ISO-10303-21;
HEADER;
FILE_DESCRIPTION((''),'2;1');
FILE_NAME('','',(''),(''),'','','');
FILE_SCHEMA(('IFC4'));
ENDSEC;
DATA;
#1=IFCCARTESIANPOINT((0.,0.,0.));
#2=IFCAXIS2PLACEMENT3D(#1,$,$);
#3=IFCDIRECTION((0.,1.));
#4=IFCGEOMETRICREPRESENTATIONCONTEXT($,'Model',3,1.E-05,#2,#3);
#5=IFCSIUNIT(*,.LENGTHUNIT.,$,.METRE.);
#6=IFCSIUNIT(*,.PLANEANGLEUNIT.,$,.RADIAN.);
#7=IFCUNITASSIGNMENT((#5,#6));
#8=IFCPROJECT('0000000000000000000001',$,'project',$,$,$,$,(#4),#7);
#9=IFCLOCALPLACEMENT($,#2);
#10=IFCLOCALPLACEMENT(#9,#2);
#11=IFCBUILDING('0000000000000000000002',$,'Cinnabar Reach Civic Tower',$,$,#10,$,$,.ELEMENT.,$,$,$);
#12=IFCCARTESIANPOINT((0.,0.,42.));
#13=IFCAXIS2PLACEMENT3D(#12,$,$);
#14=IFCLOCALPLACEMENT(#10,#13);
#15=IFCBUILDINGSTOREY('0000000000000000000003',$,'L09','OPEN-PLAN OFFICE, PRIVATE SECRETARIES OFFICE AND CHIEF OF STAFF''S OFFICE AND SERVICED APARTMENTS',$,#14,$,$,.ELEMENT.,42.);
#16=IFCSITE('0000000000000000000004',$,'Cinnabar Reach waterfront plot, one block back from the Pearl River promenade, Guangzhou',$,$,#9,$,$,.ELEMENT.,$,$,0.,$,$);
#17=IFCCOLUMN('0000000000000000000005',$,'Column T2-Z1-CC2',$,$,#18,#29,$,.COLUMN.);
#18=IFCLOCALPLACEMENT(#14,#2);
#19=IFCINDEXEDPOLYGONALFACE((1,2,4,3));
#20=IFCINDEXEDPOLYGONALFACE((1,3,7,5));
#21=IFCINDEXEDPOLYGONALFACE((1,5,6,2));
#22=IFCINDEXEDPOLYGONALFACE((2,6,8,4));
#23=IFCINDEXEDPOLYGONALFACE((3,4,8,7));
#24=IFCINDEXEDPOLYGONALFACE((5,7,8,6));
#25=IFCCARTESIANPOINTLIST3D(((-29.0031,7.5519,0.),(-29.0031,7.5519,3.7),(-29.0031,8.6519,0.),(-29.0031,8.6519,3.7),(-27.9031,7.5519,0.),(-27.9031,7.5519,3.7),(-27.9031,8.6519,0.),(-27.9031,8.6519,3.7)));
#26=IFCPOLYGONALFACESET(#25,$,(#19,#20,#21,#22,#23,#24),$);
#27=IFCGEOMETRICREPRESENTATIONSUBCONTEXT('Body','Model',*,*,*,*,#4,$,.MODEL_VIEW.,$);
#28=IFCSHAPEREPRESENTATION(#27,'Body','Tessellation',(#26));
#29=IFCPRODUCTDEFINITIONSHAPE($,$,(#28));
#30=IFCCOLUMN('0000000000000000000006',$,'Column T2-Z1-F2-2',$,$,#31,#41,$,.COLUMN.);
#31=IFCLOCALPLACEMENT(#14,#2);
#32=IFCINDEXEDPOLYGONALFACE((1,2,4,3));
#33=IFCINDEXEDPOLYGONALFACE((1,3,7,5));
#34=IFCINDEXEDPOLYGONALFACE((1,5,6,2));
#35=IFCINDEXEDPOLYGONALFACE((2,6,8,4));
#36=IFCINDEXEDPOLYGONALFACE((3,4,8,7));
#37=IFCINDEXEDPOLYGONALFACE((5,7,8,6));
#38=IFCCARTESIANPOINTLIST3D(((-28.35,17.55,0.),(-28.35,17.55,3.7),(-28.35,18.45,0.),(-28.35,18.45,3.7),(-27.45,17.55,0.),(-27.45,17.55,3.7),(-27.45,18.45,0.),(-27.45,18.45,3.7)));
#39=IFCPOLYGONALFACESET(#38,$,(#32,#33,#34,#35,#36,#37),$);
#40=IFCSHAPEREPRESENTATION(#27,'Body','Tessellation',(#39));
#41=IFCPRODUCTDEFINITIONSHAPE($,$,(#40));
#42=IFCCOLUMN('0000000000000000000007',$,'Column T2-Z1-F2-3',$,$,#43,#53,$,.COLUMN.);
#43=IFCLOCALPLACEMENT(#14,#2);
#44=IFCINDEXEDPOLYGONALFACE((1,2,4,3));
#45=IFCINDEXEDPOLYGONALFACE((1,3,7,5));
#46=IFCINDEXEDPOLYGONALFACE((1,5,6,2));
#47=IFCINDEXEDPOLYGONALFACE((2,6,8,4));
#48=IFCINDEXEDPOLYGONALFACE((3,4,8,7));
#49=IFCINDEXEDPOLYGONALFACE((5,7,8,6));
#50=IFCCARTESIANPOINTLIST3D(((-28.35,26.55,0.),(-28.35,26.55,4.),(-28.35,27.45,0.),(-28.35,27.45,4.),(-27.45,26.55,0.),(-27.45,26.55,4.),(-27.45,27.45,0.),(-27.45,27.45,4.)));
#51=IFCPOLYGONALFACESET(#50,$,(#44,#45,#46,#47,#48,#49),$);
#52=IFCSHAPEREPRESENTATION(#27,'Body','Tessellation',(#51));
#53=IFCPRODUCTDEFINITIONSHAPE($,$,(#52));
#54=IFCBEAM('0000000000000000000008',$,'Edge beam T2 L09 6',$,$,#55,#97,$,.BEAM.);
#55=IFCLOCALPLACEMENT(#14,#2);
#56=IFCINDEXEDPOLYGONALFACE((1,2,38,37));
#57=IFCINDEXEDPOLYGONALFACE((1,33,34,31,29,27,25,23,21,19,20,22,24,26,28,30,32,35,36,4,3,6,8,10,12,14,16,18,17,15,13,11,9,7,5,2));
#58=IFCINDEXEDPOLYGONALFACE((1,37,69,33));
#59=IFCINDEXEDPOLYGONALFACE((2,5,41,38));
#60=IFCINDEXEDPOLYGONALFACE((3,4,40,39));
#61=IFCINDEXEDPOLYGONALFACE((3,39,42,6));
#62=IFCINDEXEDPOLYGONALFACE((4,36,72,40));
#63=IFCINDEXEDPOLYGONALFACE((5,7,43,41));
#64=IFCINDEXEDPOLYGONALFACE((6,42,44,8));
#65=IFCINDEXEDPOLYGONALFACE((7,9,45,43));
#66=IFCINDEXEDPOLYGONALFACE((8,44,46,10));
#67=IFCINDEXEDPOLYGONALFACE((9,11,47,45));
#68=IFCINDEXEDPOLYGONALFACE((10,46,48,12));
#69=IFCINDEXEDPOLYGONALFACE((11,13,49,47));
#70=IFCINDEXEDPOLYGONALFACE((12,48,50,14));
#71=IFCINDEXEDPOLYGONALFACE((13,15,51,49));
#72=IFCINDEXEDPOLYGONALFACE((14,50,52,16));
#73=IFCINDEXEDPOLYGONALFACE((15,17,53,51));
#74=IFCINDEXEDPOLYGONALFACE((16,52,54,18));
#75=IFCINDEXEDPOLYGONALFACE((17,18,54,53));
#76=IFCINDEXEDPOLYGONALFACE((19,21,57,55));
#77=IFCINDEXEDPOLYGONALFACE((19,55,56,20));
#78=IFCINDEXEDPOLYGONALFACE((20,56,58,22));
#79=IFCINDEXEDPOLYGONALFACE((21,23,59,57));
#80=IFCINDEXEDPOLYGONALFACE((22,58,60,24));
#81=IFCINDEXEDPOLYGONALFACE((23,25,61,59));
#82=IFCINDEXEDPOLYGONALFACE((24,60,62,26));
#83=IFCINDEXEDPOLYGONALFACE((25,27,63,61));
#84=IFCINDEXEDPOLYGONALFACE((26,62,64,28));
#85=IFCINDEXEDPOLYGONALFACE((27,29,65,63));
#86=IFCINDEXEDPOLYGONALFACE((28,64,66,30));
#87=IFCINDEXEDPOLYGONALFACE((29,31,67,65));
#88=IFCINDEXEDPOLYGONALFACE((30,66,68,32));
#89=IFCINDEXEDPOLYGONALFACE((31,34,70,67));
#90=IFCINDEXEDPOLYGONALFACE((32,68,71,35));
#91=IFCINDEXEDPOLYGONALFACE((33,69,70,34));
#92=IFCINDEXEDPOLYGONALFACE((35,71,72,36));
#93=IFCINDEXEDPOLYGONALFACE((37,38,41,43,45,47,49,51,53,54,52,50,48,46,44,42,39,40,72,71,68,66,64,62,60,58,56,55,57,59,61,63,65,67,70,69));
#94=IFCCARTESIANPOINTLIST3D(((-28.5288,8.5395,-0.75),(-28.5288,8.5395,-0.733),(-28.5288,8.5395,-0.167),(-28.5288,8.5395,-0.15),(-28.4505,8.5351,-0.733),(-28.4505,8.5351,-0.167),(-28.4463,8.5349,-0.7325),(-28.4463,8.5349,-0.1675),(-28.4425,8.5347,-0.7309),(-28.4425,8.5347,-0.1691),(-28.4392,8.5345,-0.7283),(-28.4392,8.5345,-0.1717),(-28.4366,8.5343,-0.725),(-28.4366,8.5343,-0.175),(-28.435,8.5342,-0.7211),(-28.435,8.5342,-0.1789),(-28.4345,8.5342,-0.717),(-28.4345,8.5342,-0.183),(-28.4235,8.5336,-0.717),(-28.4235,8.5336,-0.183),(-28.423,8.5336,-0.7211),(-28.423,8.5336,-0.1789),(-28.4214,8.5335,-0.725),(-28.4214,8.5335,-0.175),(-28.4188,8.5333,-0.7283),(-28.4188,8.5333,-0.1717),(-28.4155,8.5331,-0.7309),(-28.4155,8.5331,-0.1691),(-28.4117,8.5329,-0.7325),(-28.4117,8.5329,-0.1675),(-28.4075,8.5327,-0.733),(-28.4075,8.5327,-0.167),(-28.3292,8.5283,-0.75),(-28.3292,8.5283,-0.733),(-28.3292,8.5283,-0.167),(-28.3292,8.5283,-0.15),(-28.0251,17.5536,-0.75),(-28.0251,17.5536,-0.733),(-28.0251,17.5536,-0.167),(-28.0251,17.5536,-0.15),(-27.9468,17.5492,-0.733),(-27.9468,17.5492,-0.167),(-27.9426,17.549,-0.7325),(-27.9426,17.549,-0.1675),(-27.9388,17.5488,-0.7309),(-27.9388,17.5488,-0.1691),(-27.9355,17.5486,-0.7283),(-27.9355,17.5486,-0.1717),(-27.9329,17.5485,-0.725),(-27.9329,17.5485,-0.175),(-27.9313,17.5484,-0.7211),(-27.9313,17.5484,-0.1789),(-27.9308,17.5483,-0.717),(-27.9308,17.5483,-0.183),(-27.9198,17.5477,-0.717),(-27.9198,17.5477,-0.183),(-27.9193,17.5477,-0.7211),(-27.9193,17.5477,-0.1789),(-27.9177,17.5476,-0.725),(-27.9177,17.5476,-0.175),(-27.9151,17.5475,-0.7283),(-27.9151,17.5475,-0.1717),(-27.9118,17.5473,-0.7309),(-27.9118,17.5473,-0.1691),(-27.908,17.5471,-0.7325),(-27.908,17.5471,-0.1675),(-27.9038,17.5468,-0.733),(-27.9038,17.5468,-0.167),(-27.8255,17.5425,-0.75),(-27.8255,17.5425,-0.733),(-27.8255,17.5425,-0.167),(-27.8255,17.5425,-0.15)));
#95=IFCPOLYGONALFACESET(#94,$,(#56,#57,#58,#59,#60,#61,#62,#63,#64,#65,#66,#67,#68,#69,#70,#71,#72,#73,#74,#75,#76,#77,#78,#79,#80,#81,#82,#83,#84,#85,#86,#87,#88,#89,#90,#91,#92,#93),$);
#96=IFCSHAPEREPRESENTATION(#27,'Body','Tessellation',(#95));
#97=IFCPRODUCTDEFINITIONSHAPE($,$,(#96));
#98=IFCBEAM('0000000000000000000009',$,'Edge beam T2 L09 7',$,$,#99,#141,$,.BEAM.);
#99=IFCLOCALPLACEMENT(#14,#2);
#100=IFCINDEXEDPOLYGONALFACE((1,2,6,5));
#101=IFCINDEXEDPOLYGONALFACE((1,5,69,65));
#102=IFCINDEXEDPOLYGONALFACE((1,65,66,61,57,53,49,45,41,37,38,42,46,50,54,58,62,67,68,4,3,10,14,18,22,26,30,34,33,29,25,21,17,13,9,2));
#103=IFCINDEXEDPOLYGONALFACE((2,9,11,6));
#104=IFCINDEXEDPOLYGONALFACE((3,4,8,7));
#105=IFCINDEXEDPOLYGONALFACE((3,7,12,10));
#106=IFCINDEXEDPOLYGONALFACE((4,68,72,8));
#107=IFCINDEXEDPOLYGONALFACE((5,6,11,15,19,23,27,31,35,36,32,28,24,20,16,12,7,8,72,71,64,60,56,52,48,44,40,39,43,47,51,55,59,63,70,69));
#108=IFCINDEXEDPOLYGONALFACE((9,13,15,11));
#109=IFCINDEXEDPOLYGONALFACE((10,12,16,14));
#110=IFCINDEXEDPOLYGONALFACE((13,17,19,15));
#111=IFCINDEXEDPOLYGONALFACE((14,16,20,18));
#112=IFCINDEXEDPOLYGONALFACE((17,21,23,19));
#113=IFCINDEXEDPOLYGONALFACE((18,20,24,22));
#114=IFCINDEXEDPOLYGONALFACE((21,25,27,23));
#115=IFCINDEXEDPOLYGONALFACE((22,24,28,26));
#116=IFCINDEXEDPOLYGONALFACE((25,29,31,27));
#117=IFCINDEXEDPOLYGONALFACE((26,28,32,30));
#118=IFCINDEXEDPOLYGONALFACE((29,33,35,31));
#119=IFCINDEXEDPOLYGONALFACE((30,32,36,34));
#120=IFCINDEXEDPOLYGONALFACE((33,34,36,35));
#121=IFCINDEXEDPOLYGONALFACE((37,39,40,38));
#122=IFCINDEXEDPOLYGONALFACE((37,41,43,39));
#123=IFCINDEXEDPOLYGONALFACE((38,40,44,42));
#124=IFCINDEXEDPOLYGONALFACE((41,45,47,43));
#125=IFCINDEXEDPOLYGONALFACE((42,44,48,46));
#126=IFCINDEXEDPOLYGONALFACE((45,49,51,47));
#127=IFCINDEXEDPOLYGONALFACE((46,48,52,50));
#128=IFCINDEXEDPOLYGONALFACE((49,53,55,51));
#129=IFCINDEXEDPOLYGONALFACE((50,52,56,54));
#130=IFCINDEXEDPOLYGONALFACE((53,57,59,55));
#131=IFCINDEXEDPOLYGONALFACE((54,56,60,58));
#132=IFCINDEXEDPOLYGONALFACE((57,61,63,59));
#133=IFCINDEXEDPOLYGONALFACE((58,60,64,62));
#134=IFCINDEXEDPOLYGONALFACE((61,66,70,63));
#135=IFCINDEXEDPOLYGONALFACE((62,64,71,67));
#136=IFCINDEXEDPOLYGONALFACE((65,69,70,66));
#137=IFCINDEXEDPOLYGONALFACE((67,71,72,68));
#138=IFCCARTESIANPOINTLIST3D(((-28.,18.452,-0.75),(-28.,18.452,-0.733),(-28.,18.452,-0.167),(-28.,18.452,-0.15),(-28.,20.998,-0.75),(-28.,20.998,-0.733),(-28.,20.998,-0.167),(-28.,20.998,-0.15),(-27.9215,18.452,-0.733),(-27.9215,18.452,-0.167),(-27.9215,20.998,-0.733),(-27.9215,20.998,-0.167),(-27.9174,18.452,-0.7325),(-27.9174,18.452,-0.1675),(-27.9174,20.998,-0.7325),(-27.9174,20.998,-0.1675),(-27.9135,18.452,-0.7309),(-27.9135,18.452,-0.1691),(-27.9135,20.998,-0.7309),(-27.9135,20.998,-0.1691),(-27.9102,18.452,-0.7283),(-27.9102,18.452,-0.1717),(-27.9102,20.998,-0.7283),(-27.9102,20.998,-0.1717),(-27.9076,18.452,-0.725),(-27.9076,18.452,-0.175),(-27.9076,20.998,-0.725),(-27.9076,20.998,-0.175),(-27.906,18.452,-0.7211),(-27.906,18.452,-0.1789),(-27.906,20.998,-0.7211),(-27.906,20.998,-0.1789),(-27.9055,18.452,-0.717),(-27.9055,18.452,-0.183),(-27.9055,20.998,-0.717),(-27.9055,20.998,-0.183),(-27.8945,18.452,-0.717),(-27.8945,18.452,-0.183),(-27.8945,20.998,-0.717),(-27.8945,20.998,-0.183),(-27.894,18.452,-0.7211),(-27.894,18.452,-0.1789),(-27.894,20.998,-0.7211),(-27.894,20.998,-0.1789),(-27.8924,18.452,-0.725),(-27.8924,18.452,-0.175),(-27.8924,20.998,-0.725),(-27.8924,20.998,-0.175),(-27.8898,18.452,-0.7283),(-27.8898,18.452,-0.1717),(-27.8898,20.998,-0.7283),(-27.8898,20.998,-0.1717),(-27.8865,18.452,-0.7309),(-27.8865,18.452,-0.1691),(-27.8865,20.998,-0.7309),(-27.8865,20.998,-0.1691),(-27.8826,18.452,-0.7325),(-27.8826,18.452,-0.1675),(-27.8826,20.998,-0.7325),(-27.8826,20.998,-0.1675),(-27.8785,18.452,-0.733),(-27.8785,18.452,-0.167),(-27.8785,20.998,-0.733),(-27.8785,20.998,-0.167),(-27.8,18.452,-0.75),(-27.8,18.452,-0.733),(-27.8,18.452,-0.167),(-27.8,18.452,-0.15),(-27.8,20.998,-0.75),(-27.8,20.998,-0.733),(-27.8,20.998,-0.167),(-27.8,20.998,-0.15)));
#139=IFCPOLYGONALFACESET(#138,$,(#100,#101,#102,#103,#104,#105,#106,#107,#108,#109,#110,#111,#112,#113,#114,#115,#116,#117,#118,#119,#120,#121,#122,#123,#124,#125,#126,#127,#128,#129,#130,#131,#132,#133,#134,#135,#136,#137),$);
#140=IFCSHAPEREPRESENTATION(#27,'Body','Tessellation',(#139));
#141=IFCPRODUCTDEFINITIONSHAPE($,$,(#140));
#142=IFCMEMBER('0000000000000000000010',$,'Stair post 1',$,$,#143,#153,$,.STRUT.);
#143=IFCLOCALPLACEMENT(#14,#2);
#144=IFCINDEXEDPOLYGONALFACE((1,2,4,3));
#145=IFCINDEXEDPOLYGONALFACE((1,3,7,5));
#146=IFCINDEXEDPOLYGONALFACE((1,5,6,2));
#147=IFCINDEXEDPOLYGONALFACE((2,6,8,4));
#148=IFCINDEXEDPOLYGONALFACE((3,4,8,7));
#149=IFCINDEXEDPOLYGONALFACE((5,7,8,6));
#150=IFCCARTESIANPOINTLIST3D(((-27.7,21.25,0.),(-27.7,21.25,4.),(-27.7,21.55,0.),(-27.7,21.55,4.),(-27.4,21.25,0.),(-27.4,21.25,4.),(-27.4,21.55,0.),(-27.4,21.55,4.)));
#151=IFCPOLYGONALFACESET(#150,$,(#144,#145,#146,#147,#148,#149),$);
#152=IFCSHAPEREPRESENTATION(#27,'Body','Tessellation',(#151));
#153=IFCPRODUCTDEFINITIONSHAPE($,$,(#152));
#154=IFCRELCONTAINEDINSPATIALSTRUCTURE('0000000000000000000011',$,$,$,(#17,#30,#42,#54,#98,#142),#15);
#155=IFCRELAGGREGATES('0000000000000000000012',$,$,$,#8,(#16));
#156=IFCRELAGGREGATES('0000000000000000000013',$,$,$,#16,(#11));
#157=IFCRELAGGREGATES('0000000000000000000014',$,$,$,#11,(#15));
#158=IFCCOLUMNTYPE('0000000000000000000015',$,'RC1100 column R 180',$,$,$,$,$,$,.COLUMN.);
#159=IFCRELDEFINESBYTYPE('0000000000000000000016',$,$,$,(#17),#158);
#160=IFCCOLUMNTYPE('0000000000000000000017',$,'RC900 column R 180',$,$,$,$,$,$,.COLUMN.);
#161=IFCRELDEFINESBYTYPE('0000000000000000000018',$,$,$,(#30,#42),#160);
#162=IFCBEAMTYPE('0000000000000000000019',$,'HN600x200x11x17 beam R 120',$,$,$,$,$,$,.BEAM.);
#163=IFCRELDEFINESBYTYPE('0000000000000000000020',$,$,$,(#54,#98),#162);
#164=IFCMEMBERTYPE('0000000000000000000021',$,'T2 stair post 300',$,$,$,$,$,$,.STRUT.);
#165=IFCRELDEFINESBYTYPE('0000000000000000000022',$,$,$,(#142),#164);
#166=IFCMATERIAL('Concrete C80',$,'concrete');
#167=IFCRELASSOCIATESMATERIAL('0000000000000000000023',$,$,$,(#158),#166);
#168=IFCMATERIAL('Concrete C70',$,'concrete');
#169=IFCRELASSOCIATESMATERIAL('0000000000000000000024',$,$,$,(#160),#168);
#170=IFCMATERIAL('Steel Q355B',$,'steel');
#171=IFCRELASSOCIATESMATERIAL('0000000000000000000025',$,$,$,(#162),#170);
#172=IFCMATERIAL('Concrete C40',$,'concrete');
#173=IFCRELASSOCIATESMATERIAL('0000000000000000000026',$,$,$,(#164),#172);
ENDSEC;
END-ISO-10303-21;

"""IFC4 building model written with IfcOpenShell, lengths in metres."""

from ifc_helpers import new_model, si_unit, direction, frame, origin, origin_2d, place, context, subcontext, project, spatial, rectangle, i_section, extrude, material, material_profile, profile_set, type_object, element, save


model = new_model("IFC4")

# Units and contexts
model_context = context("Model", 3, precision=1e-05, world=origin(), true_north=direction((0.0, 1.0)))
body_context = subcontext(model_context, "Body", "Model", "MODEL_VIEW")
ifc_project = project(units=[si_unit("LENGTHUNIT", "METRE"), si_unit("PLANEANGLEUNIT", "RADIAN")], contexts=[model_context])

# Site, building, storey
site_placement = place(None, origin())
site = spatial("IfcSite", under=ifc_project, at=site_placement, Name="Cinnabar Reach waterfront plot, one block back from the Pearl River promenade, Guangzhou", CompositionType="ELEMENT", RefElevation=0.0)
building_placement = place(site_placement, origin())
building = spatial("IfcBuilding", under=site, at=building_placement, Name="Cinnabar Reach Civic Tower", CompositionType="ELEMENT")
storey_placement = place(building_placement, frame((0.0, 0.0, 42.0)))
storey = spatial("IfcBuildingStorey", under=building, at=storey_placement, Name="L09", Description="OPEN-PLAN OFFICE, PRIVATE SECRETARIES OFFICE AND CHIEF OF STAFF'S OFFICE AND SERVICED APARTMENTS", CompositionType="ELEMENT", Elevation=42.0)

# Columns
ifc_material_1 = material(Name="Concrete C80", Category="concrete")
ifc_material_profile_1 = material_profile(ifc_material_1, rectangle(XDim=1.1, YDim=1.1, at=origin_2d()), Name="RC1100")
ifc_profile_set_1 = profile_set([ifc_material_profile_1], Name="Concrete C80")
column_type_1 = type_object("IfcColumnType", Name="RC1100 column R 180", PredefinedType="COLUMN", material=ifc_profile_set_1)
column_1_placement = place(storey_placement, frame((-28.4531, 8.1019, 0.0), z_axis=(0.0, 0.0, 1.0), x_axis=(1.0, 0.0, 0.0)))
element("IfcColumn", 1, at=column_1_placement, inside=storey, type_object=column_type_1, Name="Column T2-Z1-CC2", PredefinedType="COLUMN", context=body_context, shape_type="SweptSolid", body=[
    extrude(rectangle(XDim=1.1, YDim=1.1, at=origin_2d()), origin(), (0.0, 0.0, 1.0), 3.7),
])
ifc_material_2 = material(Name="Concrete C70", Category="concrete")
ifc_material_profile_2 = material_profile(ifc_material_2, rectangle(XDim=0.9, YDim=0.9, at=origin_2d()), Name="RC900")
ifc_profile_set_2 = profile_set([ifc_material_profile_2], Name="Concrete C70")
column_type_2 = type_object("IfcColumnType", Name="RC900 column R 180", PredefinedType="COLUMN", material=ifc_profile_set_2)
column_2_placement = place(storey_placement, frame((-27.9, 18.0, 0.0), z_axis=(0.0, 0.0, 1.0), x_axis=(1.0, 0.0, 0.0)))
element("IfcColumn", 2, at=column_2_placement, inside=storey, type_object=column_type_2, Name="Column T2-Z1-F2-2", PredefinedType="COLUMN", context=body_context, shape_type="SweptSolid", body=[
    extrude(rectangle(XDim=0.9, YDim=0.9, at=origin_2d()), origin(), (0.0, 0.0, 1.0), 3.7),
])
column_3_placement = place(storey_placement, frame((-27.9, 27.0, 0.0), z_axis=(0.0, 0.0, 1.0), x_axis=(1.0, 0.0, 0.0)))
element("IfcColumn", 3, at=column_3_placement, inside=storey, type_object=column_type_2, Name="Column T2-Z1-F2-3", PredefinedType="COLUMN", context=body_context, shape_type="SweptSolid", body=[
    extrude(rectangle(XDim=0.9, YDim=0.9, at=origin_2d()), origin(), (0.0, 0.0, 1.0), 4.0),
])

# Beams
ifc_material_3 = material(Name="Steel Q355B", Category="steel")
ifc_material_profile_3 = material_profile(ifc_material_3, i_section(OverallWidth=0.2, OverallDepth=0.6, WebThickness=0.011, FlangeThickness=0.017, FilletRadius=0.016, at=origin_2d()), Name="HN600x200x11x17")
ifc_profile_set_3 = profile_set([ifc_material_profile_3], Name="Steel Q355B")
beam_type = type_object("IfcBeamType", Name="HN600x200x11x17 beam R 120", PredefinedType="BEAM", material=ifc_profile_set_3)
beam_1_placement = place(storey_placement, frame((-28.429, 8.5339, -0.45), z_axis=(0.055792, 0.998442, 0.0), x_axis=(-0.998442, 0.055792, 0.0)))
element("IfcBeam", 4, at=beam_1_placement, inside=storey, type_object=beam_type, Name="Edge beam T2 L09 6", PredefinedType="BEAM", context=body_context, shape_type="SweptSolid", body=[
    extrude(i_section(OverallWidth=0.2, OverallDepth=0.6, WebThickness=0.011, FlangeThickness=0.017, FilletRadius=0.016, at=origin_2d()), origin(), (0.0, 0.0, 1.0), 9.0282),
])
beam_2_placement = place(storey_placement, frame((-27.9, 18.452, -0.45), z_axis=(0.0, 1.0, 0.0), x_axis=(-1.0, 0.0, 0.0)))
element("IfcBeam", 5, at=beam_2_placement, inside=storey, type_object=beam_type, Name="Edge beam T2 L09 7", PredefinedType="BEAM", context=body_context, shape_type="SweptSolid", body=[
    extrude(i_section(OverallWidth=0.2, OverallDepth=0.6, WebThickness=0.011, FlangeThickness=0.017, FilletRadius=0.016, at=origin_2d()), origin(), (0.0, 0.0, 1.0), 2.546),
])

# Member
ifc_material_4 = material(Name="Concrete C40", Category="concrete")
ifc_material_profile_4 = material_profile(ifc_material_4, rectangle(XDim=0.3, YDim=0.3, at=origin_2d()), Name="C300")
ifc_profile_set_4 = profile_set([ifc_material_profile_4], Name="Concrete C40")
member_type = type_object("IfcMemberType", Name="T2 stair post 300", PredefinedType="STRUT", material=ifc_profile_set_4)
member_placement = place(storey_placement, frame((-27.55, 21.4, 0.0), z_axis=(0.0, 0.0, 1.0), x_axis=(1.0, 0.0, 0.0)))
element("IfcMember", 6, at=member_placement, inside=storey, type_object=member_type, Name="Stair post 1", PredefinedType="STRUT", context=body_context, shape_type="SweptSolid", body=[
    extrude(rectangle(XDim=0.3, YDim=0.3, at=origin_2d()), origin(), (0.0, 0.0, 1.0), 4.0),
])

save(model, "model.ifc")
